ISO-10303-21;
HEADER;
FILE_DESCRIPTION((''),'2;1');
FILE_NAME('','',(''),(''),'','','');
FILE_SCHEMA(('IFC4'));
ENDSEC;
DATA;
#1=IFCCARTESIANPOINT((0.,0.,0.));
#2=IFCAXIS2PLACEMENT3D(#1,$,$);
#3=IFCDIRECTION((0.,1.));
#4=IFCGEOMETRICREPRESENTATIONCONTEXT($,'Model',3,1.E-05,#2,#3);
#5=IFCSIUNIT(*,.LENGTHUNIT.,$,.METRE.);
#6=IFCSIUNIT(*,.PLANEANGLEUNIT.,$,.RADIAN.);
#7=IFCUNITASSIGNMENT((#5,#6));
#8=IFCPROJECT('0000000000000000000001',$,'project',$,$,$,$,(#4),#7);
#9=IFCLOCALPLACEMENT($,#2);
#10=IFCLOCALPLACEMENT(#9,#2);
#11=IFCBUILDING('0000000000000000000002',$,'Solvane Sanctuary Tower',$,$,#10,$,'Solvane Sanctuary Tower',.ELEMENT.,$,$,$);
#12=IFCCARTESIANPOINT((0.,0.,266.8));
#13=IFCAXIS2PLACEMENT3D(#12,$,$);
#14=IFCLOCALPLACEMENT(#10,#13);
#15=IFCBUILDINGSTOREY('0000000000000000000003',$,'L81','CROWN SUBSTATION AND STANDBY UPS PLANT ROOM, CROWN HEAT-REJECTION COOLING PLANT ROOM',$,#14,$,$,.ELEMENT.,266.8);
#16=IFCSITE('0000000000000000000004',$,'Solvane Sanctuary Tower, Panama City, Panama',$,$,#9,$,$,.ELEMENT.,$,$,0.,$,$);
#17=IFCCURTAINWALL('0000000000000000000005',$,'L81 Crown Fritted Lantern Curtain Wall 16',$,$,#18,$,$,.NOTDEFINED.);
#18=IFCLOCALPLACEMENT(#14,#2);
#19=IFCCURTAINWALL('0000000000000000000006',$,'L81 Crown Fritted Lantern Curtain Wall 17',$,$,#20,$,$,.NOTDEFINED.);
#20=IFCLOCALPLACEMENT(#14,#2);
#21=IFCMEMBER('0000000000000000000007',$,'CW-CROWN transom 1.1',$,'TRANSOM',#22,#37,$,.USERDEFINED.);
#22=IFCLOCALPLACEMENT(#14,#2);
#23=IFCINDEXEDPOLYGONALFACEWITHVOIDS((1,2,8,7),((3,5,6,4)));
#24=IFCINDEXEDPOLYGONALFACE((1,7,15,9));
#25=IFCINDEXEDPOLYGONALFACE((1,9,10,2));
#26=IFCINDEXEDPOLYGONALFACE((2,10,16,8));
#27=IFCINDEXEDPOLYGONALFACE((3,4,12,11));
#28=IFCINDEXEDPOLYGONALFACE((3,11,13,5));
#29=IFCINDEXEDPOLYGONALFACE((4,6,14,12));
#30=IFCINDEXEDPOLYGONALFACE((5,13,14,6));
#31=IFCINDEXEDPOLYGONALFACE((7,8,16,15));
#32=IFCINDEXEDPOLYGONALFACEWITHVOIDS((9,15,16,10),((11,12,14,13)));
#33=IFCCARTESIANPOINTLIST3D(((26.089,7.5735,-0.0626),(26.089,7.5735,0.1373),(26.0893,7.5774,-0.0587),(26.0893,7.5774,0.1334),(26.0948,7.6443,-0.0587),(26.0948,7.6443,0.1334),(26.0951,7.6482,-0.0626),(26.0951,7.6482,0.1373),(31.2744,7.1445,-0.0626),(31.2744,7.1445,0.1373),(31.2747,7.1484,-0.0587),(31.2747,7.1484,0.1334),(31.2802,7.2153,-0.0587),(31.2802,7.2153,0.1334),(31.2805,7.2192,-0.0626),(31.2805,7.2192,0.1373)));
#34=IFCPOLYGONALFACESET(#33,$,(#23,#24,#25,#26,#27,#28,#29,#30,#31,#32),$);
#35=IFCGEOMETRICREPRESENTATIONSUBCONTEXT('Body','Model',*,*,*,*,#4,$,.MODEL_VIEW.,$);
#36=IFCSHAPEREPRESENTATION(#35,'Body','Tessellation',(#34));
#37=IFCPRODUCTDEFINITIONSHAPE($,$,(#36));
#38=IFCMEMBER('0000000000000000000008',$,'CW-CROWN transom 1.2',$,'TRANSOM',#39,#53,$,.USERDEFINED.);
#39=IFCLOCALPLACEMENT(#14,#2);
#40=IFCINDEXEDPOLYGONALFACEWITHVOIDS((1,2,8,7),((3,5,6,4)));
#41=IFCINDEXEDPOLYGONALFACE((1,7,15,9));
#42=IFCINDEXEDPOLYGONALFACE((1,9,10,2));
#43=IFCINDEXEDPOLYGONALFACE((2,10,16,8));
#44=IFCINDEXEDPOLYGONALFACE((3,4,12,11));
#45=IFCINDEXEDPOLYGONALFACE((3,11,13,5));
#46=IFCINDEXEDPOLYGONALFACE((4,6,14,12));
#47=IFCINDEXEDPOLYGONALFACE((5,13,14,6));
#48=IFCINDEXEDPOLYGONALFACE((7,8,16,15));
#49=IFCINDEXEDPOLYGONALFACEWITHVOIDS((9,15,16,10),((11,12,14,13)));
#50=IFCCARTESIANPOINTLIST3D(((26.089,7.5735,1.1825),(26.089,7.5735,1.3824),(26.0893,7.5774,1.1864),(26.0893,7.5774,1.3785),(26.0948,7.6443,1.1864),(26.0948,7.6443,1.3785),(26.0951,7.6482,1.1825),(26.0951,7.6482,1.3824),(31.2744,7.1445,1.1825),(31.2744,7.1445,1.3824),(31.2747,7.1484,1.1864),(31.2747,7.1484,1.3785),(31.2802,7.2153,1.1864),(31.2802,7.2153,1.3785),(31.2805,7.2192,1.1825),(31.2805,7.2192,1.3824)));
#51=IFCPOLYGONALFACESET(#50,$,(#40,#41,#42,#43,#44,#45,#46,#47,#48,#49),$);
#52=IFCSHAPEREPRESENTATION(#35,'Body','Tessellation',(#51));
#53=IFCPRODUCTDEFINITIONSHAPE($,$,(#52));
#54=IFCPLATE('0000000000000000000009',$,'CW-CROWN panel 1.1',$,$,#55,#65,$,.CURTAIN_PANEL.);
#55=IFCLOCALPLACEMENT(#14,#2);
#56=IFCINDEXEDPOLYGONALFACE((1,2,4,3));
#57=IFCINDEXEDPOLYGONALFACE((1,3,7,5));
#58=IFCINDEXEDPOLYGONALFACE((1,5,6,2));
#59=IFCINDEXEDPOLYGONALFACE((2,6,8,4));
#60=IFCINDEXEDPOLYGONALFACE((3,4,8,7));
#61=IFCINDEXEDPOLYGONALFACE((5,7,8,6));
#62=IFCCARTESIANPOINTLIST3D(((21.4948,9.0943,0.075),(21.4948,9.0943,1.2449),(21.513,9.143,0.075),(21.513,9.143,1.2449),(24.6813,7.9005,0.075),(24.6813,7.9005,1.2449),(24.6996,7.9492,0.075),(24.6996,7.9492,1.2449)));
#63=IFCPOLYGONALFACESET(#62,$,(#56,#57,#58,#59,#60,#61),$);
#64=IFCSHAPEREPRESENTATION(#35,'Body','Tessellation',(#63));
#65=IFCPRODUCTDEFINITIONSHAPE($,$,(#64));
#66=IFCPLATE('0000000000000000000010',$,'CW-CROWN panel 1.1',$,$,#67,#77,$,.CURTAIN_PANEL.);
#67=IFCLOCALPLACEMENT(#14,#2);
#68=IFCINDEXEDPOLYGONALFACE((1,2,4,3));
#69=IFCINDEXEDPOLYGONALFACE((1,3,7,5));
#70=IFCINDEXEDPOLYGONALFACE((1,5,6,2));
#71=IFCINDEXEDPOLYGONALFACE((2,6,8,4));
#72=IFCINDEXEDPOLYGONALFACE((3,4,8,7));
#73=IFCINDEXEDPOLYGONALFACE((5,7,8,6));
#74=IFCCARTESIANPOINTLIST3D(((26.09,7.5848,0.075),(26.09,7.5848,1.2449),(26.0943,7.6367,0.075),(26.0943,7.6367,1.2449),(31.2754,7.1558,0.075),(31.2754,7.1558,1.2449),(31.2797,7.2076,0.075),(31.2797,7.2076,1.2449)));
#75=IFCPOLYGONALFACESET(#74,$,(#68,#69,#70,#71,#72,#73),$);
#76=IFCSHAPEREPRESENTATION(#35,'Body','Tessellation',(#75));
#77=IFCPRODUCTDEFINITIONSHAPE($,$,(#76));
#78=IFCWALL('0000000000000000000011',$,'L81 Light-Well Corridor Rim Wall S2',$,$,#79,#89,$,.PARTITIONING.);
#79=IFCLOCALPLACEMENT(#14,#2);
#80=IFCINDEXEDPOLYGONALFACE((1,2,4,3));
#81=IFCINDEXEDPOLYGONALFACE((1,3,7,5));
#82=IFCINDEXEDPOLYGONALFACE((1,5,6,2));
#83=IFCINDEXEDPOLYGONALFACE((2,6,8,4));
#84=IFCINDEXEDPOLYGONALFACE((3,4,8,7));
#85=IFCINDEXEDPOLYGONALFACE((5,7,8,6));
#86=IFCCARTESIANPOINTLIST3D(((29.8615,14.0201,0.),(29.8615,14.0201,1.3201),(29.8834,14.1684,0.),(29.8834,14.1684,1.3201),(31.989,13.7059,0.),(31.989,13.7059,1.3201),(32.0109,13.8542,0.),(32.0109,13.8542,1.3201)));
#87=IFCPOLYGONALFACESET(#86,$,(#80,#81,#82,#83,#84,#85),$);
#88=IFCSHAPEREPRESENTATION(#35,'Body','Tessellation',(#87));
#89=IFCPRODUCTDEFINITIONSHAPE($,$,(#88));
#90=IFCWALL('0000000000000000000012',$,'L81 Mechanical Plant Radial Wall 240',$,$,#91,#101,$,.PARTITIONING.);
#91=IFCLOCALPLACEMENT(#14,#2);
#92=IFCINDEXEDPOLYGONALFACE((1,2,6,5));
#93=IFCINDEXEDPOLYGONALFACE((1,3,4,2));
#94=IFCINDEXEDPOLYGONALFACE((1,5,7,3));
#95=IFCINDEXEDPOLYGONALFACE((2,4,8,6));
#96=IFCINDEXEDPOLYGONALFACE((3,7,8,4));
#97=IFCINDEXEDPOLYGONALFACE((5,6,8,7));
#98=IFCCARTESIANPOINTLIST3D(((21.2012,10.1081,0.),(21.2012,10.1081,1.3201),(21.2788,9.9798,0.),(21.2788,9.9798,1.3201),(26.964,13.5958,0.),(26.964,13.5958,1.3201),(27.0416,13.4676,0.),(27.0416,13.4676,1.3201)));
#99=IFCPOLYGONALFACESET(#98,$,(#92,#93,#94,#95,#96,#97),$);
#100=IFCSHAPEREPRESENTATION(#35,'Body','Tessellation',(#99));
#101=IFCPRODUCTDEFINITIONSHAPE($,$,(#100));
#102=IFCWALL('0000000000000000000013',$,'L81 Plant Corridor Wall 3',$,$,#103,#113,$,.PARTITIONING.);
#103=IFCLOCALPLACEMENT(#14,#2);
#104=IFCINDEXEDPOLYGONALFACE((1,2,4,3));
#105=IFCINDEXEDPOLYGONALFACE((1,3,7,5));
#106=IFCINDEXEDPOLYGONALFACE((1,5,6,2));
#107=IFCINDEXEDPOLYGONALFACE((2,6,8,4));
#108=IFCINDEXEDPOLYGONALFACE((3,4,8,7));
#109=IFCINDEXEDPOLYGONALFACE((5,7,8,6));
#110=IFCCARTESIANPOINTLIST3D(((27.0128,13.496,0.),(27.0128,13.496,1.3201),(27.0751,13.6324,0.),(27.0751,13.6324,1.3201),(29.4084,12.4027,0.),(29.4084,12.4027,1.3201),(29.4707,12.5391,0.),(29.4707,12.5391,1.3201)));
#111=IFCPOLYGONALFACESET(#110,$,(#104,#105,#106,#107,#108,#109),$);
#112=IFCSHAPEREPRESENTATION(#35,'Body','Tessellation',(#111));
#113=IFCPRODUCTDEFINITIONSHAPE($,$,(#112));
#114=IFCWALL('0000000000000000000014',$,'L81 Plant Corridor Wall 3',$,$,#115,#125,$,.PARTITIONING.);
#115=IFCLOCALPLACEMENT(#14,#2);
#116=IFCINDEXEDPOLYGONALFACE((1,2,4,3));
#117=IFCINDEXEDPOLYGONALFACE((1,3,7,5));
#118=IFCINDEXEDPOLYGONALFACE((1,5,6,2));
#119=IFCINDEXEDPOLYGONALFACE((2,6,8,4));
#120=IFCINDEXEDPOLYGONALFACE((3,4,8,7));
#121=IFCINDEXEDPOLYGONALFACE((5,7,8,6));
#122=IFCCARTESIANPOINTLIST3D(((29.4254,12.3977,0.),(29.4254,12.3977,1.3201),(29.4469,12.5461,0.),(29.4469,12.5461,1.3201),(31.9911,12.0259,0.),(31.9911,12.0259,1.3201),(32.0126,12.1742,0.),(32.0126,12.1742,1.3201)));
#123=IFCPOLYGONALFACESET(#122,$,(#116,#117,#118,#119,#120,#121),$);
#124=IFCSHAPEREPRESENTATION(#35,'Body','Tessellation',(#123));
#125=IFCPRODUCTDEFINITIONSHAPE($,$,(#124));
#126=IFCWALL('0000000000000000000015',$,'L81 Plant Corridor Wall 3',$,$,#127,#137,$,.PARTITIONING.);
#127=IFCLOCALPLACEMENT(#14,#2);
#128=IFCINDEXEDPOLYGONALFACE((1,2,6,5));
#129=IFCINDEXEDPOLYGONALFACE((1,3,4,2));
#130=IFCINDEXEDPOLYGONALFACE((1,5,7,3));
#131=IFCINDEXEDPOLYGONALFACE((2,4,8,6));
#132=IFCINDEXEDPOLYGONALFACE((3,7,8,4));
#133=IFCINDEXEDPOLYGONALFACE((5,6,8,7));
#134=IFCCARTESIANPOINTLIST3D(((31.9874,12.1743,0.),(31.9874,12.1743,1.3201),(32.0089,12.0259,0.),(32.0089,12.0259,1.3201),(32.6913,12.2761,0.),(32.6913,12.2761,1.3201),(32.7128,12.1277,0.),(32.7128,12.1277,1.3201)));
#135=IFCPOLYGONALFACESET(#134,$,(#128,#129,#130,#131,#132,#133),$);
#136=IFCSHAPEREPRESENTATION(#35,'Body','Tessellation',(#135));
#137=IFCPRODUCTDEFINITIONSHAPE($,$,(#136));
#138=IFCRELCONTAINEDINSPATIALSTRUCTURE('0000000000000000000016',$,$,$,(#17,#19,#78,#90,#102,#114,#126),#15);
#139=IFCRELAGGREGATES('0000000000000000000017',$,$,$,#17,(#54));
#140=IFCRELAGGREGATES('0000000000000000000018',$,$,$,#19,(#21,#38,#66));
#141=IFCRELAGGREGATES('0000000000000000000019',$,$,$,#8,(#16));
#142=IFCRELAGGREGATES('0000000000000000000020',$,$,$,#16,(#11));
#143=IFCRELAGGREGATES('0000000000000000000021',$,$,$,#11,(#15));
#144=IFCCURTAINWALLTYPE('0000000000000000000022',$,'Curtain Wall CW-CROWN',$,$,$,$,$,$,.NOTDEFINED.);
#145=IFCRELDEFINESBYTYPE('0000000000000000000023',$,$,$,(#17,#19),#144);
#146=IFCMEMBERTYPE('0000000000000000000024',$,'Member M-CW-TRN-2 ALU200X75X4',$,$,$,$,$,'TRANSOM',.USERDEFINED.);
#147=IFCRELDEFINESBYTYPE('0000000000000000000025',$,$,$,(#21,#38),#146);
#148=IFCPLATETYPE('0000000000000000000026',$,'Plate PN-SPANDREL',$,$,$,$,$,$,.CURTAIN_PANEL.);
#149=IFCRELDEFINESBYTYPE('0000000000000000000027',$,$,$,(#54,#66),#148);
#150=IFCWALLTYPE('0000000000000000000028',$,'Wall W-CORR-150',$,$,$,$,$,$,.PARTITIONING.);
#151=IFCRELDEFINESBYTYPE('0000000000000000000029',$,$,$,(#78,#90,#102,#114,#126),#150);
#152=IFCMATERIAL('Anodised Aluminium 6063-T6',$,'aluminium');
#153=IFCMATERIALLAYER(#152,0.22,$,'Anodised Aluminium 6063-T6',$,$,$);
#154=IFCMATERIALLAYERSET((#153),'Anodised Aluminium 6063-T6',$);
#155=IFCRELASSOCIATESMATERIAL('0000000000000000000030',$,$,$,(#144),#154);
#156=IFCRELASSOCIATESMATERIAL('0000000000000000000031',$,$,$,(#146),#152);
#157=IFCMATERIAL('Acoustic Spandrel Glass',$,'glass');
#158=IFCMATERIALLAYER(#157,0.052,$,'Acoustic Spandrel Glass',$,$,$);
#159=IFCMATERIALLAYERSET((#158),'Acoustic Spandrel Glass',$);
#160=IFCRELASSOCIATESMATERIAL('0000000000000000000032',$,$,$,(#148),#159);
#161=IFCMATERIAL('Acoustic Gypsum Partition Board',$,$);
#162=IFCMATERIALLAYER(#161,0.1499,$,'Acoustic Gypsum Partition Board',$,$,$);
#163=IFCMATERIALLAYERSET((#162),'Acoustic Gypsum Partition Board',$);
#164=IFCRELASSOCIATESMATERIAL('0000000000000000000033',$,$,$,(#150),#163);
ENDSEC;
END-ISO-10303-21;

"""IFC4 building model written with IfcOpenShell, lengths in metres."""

from ifc_helpers import new_model, si_unit, direction, frame, frame_2d, origin, origin_2d, place, context, subcontext, project, spatial, rectangle, hollow_rectangle, extrude, material, layer, layer_set, material_profile, profile_set, type_object, element, aggregate, save


model = new_model("IFC4")

# Units and contexts
model_context = context("Model", 3, precision=1e-05, world=origin(), true_north=direction((0.0, 1.0)))
body_context = subcontext(model_context, "Body", "Model", "MODEL_VIEW")
ifc_project = project(units=[si_unit("LENGTHUNIT", "METRE"), si_unit("PLANEANGLEUNIT", "RADIAN")], contexts=[model_context])

# Site, building, storey
site_placement = place(None, origin())
site = spatial("IfcSite", under=ifc_project, at=site_placement, Name="Solvane Sanctuary Tower, Panama City, Panama", CompositionType="ELEMENT", RefElevation=0.0)
building_placement = place(site_placement, origin())
building = spatial("IfcBuilding", under=site, at=building_placement, Name="Solvane Sanctuary Tower", LongName="Solvane Sanctuary Tower", CompositionType="ELEMENT")
storey_placement = place(building_placement, frame((0.0, 0.0, 266.8)))
storey = spatial("IfcBuildingStorey", under=building, at=storey_placement, Name="L81", Description="CROWN SUBSTATION AND STANDBY UPS PLANT ROOM, CROWN HEAT-REJECTION COOLING PLANT ROOM", CompositionType="ELEMENT", Elevation=266.8)

# Curtain wall
ifc_material_1 = material(Name="Anodised Aluminium 6063-T6", Category="aluminium")
ifc_layer_1 = layer(ifc_material_1, 0.22, Name="Anodised Aluminium 6063-T6")
ifc_layer_set_1 = layer_set([ifc_layer_1], Name="Anodised Aluminium 6063-T6")
curtain_wall_type = type_object("IfcCurtainWallType", Name="Curtain Wall CW-CROWN", PredefinedType="NOTDEFINED", material=ifc_layer_set_1)
curtain_wall_1_placement = place(storey_placement, origin())
curtain_wall_1 = element("IfcCurtainWall", 1, at=curtain_wall_1_placement, inside=storey, type_object=curtain_wall_type, Name="L81 Crown Fritted Lantern Curtain Wall 16", PredefinedType="NOTDEFINED")

# Curtain wall, members
curtain_wall_2_placement = place(storey_placement, origin())
curtain_wall_2 = element("IfcCurtainWall", 2, at=curtain_wall_2_placement, inside=storey, type_object=curtain_wall_type, Name="L81 Crown Fritted Lantern Curtain Wall 17", PredefinedType="NOTDEFINED")
ifc_material_profile_1 = material_profile(ifc_material_1, hollow_rectangle(XDim=0.075, YDim=0.2, WallThickness=0.0039, at=origin_2d()), Name="ALU200X75X4")
ifc_profile_set_1 = profile_set([ifc_material_profile_1], Name="Anodised Aluminium 6063-T6")
member_type_1 = type_object("IfcMemberType", Name="Member M-CW-TRN-2 ALU200X75X4", ElementType="TRANSOM", PredefinedType="USERDEFINED", material=ifc_profile_set_1)
member_1_placement = place(storey_placement, frame((26.092, 7.6108, 0.0374), z_axis=(0.996596, -0.082444, 0.0), x_axis=(0.082444, 0.996596, 0.0)))
member_1 = element("IfcMember", 3, at=member_1_placement, type_object=member_type_1, Name="CW-CROWN transom 1.1", ObjectType="TRANSOM", PredefinedType="USERDEFINED", context=body_context, shape_type="SweptSolid", body=[
    extrude(hollow_rectangle(XDim=0.075, YDim=0.2, WallThickness=0.0039, at=origin_2d()), origin(), (0.0, 0.0, 1.0), 5.2031),
])
member_2_placement = place(storey_placement, frame((26.092, 7.6108, 1.2825), z_axis=(0.996596, -0.082444, 0.0), x_axis=(0.082444, 0.996596, 0.0)))
member_2 = element("IfcMember", 4, at=member_2_placement, type_object=member_type_1, Name="CW-CROWN transom 1.2", ObjectType="TRANSOM", PredefinedType="USERDEFINED", context=body_context, shape_type="SweptSolid", body=[
    extrude(hollow_rectangle(XDim=0.075, YDim=0.2, WallThickness=0.0039, at=origin_2d()), origin(), (0.0, 0.0, 1.0), 5.2031),
])

# Plates
ifc_material_2 = material(Name="Acoustic Spandrel Glass", Category="glass")
ifc_layer_2 = layer(ifc_material_2, 0.052, Name="Acoustic Spandrel Glass")
ifc_layer_set_2 = layer_set([ifc_layer_2], Name="Acoustic Spandrel Glass")
plate_type = type_object("IfcPlateType", Name="Plate PN-SPANDREL", PredefinedType="CURTAIN_PANEL", material=ifc_layer_set_2)
plate_1_placement = place(storey_placement, frame((23.0972, 8.5217, 0.075), z_axis=(0.0, 0.0, 1.0), x_axis=(0.936437, -0.350837, 0.0)))
plate_1 = element("IfcPlate", 5, at=plate_1_placement, type_object=plate_type, Name="CW-CROWN panel 1.1", PredefinedType="CURTAIN_PANEL", context=body_context, shape_type="SweptSolid", body=[
    extrude(rectangle(XDim=3.4028, YDim=0.052, at=origin_2d()), origin(), (0.0, 0.0, 1.0), 1.1699),
])
aggregate(curtain_wall_1, [plate_1])
plate_2_placement = place(storey_placement, frame((28.6848, 7.3962, 0.075), z_axis=(0.0, 0.0, 1.0), x_axis=(0.996595, -0.082455, 0.0)))
plate_2 = element("IfcPlate", 6, at=plate_2_placement, type_object=plate_type, Name="CW-CROWN panel 1.1", PredefinedType="CURTAIN_PANEL", context=body_context, shape_type="SweptSolid", body=[
    extrude(rectangle(XDim=5.2031, YDim=0.052, at=origin_2d()), origin(), (0.0, 0.0, 1.0), 1.1699),
])
aggregate(curtain_wall_2, [member_1, member_2, plate_2])

# Walls
ifc_material_3 = material(Name="Acoustic Gypsum Partition Board")
ifc_layer_3 = layer(ifc_material_3, 0.1499, Name="Acoustic Gypsum Partition Board")
ifc_layer_set_3 = layer_set([ifc_layer_3], Name="Acoustic Gypsum Partition Board")
wall_type = type_object("IfcWallType", Name="Wall W-CORR-150", PredefinedType="PARTITIONING", material=ifc_layer_set_3)
wall_1_placement = place(storey_placement, frame((29.8726, 14.0942, 0.0), z_axis=(0.0, 0.0, 1.0), x_axis=(0.989269, -0.146108, 0.0)))
element("IfcWall", 7, at=wall_1_placement, inside=storey, type_object=wall_type, Name="L81 Light-Well Corridor Rim Wall S2", PredefinedType="PARTITIONING", context=body_context, shape_type="SweptSolid", body=[
    extrude(rectangle(XDim=2.1506, YDim=0.1499, at=frame_2d((1.0752, 0.0))), origin(), (0.0, 0.0, 1.0), 1.3201),
])
wall_2_placement = place(storey_placement, frame((27.0029, 13.5317, 0.0), z_axis=(0.0, 0.0, 1.0), x_axis=(-0.85552, -0.51777, 0.0)))
element("IfcWall", 8, at=wall_2_placement, inside=storey, type_object=wall_type, Name="L81 Mechanical Plant Radial Wall 240", PredefinedType="PARTITIONING", context=body_context, shape_type="SweptSolid", body=[
    extrude(rectangle(XDim=6.7361, YDim=0.1499, at=frame_2d((3.3682, 0.0))), origin(), (0.0, 0.0, 1.0), 1.3201),
])
wall_3_placement = place(storey_placement, frame((27.0439, 13.5642, 0.0), z_axis=(0.0, 0.0, 1.0), x_axis=(0.909737, -0.415186, 0.0)))
element("IfcWall", 9, at=wall_3_placement, inside=storey, type_object=wall_type, Name="L81 Plant Corridor Wall 3", PredefinedType="PARTITIONING", context=body_context, shape_type="SweptSolid", body=[
    extrude(rectangle(XDim=2.6333, YDim=0.1499, at=frame_2d((1.3167, 0.0))), origin(), (0.0, 0.0, 1.0), 1.3201),
])
wall_4_placement = place(storey_placement, frame((29.436, 12.4719, 0.0), z_axis=(0.0, 0.0, 1.0), x_axis=(0.989661, -0.143425, 0.0)))
element("IfcWall", 10, at=wall_4_placement, inside=storey, type_object=wall_type, Name="L81 Plant Corridor Wall 3", PredefinedType="PARTITIONING", context=body_context, shape_type="SweptSolid", body=[
    extrude(rectangle(XDim=2.5925, YDim=0.1499, at=frame_2d((1.2964, 0.0))), origin(), (0.0, 0.0, 1.0), 1.3201),
])
wall_5_placement = place(storey_placement, frame((31.9983, 12.1001, 0.0), z_axis=(0.0, 0.0, 1.0), x_axis=(0.989701, 0.143151, 0.0)))
element("IfcWall", 11, at=wall_5_placement, inside=storey, type_object=wall_type, Name="L81 Plant Corridor Wall 3", PredefinedType="PARTITIONING", context=body_context, shape_type="SweptSolid", body=[
    extrude(rectangle(XDim=0.7112, YDim=0.1499, at=frame_2d((0.3555, 0.0))), origin(), (0.0, 0.0, 1.0), 1.3201),
])

save(model, "model.ifc")
